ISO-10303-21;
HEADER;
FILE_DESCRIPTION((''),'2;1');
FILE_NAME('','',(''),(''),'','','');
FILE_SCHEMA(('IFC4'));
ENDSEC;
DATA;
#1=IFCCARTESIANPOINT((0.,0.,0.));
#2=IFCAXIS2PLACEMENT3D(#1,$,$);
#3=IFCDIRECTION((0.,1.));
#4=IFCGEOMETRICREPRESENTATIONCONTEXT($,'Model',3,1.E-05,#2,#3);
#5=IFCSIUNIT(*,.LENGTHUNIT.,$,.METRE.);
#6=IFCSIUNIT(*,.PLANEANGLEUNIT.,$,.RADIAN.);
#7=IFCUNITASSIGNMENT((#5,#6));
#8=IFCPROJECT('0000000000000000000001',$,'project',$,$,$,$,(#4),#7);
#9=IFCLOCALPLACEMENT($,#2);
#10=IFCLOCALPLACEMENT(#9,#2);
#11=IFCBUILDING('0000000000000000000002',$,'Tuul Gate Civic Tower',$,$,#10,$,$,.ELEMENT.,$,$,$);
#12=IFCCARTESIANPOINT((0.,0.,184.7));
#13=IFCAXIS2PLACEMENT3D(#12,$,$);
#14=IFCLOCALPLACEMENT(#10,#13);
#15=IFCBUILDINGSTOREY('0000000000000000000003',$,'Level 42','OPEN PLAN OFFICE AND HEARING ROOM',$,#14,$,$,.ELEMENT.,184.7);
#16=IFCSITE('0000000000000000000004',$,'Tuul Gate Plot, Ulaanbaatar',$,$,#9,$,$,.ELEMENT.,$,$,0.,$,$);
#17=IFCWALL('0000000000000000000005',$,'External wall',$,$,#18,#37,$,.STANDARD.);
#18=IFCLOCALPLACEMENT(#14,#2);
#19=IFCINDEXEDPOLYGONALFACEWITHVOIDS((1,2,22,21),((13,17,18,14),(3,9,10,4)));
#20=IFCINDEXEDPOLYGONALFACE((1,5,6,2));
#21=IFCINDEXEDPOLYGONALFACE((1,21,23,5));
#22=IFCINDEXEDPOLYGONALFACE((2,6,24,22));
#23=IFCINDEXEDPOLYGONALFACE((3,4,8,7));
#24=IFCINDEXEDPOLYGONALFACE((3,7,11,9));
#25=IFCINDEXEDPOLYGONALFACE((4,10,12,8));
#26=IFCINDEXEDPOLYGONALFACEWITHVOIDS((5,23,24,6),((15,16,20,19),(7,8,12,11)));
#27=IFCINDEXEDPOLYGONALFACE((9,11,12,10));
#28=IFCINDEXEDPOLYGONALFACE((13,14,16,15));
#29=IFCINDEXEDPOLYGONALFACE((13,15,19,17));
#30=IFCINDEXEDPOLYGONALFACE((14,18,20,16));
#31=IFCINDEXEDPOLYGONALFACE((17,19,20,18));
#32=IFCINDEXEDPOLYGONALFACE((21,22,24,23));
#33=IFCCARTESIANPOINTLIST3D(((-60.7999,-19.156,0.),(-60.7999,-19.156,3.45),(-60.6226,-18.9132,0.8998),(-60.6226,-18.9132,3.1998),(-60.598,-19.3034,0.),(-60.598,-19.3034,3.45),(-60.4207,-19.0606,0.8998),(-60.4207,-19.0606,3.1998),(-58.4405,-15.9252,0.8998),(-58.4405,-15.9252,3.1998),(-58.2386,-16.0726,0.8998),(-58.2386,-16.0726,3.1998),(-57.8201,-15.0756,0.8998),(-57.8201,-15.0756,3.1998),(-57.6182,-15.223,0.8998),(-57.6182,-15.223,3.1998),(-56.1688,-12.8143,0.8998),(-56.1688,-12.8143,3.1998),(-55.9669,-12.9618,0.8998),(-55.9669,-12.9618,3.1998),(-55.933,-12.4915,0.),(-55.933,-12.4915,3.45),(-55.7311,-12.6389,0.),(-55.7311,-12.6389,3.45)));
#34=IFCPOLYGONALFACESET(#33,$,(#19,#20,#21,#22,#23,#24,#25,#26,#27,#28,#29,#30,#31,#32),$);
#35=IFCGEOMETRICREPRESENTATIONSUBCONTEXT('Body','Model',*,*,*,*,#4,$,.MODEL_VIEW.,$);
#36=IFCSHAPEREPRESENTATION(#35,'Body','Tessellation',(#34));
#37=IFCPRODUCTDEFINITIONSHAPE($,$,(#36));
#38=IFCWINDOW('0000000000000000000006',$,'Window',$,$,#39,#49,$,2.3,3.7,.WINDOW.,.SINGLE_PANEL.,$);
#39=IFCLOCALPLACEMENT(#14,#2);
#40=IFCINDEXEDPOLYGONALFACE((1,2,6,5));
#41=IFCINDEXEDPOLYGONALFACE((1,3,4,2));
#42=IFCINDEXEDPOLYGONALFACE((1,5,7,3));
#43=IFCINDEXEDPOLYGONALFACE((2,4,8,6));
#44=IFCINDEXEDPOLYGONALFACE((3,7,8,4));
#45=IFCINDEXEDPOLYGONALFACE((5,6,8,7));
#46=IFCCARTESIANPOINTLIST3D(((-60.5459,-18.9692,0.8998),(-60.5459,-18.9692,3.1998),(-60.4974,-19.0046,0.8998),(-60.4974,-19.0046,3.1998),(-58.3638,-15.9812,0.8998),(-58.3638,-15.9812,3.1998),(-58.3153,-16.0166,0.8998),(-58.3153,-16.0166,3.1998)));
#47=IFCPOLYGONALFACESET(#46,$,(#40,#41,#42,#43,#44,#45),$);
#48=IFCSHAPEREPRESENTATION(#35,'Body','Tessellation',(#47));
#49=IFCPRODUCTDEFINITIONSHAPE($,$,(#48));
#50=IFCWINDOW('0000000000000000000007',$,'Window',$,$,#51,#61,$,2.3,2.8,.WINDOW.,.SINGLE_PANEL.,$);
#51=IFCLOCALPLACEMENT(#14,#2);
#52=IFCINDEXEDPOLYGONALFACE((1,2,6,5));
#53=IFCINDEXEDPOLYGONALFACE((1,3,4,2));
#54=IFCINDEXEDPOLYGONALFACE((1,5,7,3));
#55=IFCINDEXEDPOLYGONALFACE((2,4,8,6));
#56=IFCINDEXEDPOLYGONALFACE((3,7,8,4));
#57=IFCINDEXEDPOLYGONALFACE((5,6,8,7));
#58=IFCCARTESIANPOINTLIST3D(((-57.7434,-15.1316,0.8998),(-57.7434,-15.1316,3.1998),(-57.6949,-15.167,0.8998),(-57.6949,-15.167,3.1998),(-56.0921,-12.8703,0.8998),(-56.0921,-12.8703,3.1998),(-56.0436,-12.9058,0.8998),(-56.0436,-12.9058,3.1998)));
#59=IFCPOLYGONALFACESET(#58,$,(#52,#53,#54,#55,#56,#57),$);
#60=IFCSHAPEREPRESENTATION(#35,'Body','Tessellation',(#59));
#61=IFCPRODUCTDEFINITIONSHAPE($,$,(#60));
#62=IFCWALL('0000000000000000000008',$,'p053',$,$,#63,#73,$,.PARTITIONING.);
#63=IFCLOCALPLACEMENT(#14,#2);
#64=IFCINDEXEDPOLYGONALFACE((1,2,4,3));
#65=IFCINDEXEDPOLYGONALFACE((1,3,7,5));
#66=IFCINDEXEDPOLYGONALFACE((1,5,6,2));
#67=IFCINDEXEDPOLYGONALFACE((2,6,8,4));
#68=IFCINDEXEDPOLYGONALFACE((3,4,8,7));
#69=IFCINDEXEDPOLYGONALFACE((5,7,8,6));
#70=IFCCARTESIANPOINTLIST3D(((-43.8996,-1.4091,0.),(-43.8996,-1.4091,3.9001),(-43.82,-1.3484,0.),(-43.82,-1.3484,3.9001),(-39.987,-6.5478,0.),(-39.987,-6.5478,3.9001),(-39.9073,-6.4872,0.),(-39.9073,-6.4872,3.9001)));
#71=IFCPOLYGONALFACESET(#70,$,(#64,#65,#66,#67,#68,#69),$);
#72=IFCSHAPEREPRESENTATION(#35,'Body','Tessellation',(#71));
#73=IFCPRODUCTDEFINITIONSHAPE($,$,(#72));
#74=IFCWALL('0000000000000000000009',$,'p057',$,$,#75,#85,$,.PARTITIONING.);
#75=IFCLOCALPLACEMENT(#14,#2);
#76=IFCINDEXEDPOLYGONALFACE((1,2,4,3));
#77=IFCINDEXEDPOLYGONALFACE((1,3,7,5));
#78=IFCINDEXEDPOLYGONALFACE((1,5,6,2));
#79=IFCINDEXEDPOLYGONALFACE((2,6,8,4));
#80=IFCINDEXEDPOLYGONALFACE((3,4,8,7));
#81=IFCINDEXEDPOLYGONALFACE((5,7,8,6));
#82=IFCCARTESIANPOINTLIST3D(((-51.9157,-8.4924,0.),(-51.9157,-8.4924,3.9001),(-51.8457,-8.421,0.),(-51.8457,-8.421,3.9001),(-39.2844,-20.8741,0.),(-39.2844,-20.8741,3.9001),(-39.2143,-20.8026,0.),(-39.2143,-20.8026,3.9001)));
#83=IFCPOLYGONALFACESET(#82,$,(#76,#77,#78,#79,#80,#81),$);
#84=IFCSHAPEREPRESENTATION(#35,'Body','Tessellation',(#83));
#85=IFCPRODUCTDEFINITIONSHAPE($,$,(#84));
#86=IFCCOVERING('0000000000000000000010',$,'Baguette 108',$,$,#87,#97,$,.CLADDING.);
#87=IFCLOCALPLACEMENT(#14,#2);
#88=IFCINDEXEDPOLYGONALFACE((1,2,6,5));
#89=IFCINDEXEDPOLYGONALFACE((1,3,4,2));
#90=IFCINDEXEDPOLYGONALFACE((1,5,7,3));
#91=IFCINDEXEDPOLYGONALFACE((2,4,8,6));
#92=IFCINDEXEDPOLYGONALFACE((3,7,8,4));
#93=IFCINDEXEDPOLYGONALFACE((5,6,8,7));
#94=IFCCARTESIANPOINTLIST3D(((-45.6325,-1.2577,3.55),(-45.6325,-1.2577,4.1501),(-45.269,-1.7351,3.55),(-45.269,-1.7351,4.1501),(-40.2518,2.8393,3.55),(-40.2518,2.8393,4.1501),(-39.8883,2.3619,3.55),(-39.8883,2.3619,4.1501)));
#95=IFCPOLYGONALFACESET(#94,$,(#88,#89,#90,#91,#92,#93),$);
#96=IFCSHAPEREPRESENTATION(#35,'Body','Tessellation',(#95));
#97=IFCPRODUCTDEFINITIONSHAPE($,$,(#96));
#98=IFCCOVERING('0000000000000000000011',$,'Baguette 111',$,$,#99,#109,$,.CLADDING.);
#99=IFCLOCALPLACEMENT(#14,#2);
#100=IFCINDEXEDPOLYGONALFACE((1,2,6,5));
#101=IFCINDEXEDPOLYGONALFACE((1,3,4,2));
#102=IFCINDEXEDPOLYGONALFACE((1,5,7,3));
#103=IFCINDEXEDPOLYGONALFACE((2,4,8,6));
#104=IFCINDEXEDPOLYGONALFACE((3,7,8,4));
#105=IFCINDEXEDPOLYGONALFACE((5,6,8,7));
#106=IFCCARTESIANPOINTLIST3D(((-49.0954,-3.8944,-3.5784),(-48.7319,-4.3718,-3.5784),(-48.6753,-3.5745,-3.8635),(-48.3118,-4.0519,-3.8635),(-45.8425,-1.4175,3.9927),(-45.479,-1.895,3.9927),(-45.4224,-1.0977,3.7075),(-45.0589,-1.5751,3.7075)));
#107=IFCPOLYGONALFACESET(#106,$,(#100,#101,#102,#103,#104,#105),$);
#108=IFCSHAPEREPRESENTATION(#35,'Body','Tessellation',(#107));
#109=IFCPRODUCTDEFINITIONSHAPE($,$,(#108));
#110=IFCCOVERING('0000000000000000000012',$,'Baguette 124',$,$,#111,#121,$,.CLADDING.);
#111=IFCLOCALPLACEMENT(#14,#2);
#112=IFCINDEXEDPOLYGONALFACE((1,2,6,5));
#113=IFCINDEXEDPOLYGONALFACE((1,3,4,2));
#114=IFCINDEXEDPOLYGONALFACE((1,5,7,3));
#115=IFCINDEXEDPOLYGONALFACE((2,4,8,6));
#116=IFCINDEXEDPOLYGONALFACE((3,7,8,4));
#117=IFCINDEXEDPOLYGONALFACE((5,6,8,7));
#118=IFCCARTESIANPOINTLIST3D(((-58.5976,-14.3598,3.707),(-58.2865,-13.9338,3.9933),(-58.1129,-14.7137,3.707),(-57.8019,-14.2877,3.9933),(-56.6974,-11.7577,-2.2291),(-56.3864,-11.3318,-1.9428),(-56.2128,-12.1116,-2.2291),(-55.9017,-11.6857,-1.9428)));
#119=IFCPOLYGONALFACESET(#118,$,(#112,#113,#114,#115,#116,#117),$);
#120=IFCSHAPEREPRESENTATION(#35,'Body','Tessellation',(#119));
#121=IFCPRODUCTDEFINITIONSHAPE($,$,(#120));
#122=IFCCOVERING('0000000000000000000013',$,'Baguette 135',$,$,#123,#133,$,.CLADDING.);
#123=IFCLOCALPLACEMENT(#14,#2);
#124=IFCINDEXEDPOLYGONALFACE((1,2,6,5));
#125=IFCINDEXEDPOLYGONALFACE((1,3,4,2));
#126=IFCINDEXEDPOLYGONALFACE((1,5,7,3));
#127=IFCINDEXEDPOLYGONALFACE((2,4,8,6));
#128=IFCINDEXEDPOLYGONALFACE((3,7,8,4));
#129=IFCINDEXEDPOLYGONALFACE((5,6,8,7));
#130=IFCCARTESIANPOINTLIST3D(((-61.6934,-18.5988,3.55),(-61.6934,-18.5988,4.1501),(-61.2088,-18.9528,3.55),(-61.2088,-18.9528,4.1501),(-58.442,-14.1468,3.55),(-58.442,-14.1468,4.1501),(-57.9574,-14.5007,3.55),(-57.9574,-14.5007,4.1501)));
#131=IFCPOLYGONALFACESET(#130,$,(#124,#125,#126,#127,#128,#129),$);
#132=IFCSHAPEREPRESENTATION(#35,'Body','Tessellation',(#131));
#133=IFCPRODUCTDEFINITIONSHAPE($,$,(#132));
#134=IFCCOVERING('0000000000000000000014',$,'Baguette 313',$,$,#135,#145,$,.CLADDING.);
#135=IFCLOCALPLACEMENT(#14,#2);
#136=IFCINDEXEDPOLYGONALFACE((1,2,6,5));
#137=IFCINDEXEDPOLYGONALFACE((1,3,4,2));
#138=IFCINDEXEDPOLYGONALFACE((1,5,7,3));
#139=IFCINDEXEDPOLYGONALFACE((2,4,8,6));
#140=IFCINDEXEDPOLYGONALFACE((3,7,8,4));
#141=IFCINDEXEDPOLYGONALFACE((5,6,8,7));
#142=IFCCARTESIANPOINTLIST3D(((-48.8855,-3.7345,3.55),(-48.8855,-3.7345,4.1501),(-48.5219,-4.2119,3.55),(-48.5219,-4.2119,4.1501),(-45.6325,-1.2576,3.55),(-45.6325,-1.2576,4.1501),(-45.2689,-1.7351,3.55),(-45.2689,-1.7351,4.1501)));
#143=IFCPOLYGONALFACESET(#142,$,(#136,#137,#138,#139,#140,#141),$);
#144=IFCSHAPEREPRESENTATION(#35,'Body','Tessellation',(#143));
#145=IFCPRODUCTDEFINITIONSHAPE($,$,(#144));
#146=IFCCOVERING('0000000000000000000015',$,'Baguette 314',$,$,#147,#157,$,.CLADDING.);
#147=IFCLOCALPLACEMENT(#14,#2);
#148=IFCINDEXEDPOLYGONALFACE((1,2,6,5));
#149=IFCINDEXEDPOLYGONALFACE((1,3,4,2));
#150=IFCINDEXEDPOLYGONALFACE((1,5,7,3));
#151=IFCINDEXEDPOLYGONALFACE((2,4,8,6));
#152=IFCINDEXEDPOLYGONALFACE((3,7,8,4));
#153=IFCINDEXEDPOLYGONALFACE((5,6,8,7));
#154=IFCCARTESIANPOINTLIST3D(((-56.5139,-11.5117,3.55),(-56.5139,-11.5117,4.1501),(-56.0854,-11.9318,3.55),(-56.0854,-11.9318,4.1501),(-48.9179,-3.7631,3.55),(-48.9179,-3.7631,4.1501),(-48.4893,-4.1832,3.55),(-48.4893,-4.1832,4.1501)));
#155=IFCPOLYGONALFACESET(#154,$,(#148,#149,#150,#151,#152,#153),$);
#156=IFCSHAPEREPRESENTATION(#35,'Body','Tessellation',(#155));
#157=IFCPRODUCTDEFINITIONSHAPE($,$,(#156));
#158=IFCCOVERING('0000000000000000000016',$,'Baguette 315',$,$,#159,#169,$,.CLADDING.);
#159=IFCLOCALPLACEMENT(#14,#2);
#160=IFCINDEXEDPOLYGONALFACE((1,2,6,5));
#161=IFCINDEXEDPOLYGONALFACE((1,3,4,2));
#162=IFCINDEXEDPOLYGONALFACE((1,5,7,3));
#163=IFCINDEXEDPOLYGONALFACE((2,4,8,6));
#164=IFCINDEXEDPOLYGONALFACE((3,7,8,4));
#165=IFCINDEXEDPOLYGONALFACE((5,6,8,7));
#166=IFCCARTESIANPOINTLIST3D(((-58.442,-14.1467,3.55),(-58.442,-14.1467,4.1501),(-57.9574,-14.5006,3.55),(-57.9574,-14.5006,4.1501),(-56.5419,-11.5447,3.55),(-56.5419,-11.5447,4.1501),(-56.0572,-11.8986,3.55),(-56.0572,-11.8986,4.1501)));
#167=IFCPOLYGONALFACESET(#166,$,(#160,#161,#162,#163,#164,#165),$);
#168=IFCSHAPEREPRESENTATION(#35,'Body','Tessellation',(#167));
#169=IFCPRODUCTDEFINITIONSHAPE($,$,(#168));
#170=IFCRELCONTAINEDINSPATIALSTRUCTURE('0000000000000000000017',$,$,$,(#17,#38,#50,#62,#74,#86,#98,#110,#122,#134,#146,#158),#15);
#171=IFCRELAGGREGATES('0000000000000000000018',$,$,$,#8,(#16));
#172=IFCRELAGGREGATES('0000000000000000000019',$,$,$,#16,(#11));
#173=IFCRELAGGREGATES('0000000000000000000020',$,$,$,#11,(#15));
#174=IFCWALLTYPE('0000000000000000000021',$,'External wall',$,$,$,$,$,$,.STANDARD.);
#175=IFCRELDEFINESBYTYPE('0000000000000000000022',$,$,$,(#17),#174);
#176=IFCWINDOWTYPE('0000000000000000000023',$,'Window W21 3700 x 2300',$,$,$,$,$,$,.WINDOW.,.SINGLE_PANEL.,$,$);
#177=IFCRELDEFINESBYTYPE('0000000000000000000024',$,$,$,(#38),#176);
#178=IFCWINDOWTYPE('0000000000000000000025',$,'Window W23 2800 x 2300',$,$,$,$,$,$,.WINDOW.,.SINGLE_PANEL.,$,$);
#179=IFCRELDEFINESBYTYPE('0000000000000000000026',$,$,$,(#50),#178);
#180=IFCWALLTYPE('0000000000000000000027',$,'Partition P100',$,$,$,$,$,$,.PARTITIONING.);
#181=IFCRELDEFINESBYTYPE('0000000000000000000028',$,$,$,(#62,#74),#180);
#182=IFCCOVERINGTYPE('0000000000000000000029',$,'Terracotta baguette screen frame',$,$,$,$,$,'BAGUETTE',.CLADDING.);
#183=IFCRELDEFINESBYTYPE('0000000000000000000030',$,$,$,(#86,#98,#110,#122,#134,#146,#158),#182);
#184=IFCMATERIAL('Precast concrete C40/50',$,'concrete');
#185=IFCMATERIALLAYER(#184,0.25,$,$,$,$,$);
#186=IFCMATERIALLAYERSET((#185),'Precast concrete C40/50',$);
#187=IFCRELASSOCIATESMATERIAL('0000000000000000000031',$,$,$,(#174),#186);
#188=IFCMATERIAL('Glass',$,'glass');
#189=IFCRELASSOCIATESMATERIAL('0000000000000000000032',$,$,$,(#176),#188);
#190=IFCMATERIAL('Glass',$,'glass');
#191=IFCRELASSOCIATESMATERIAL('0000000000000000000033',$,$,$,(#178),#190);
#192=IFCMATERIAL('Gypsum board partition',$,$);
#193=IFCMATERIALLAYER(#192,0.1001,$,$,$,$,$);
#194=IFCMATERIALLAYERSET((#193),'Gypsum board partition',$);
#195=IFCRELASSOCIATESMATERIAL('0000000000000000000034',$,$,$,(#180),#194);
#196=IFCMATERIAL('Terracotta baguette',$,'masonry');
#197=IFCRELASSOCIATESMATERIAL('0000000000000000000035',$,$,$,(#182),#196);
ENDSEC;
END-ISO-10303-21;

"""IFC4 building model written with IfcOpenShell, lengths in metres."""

from ifc_helpers import new_model, si_unit, direction, frame, frame_2d, origin, origin_2d, place, context, subcontext, project, spatial, rectangle, extrude, material, layer, layer_set, material_profile, profile_set, type_object, element, fill, save


model = new_model("IFC4")

# Units and contexts
model_context = context("Model", 3, precision=1e-05, world=origin(), true_north=direction((0.0, 1.0)))
body_context = subcontext(model_context, "Body", "Model", "MODEL_VIEW")
ifc_project = project(units=[si_unit("LENGTHUNIT", "METRE"), si_unit("PLANEANGLEUNIT", "RADIAN")], contexts=[model_context])

# Site, building, storey
site_placement = place(None, origin())
site = spatial("IfcSite", under=ifc_project, at=site_placement, Name="Tuul Gate Plot, Ulaanbaatar", CompositionType="ELEMENT", RefElevation=0.0)
building_placement = place(site_placement, origin())
building = spatial("IfcBuilding", under=site, at=building_placement, Name="Tuul Gate Civic Tower", CompositionType="ELEMENT")
storey_placement = place(building_placement, frame((0.0, 0.0, 184.7)))
storey = spatial("IfcBuildingStorey", under=building, at=storey_placement, Name="Level 42", Description="OPEN PLAN OFFICE AND HEARING ROOM", CompositionType="ELEMENT", Elevation=184.7)

# Wall, openings, windows
ifc_material_1 = material(Name="Precast concrete C40/50", Category="concrete")
ifc_layer_1 = layer(ifc_material_1, 0.25)
ifc_layer_set_1 = layer_set([ifc_layer_1], Name="Precast concrete C40/50")
wall_type_1 = type_object("IfcWallType", Name="External wall", PredefinedType="STANDARD", material=ifc_layer_set_1)
wall_1_placement = place(storey_placement, frame((-55.832, -12.5652, 0.0), z_axis=(0.0, 0.0, 1.0), x_axis=(-0.589755, -0.807582, 0.0)))
wall_1 = element("IfcWall", 1, at=wall_1_placement, inside=storey, type_object=wall_type_1, Name="External wall", PredefinedType="STANDARD", context=body_context, shape_type="SweptSolid", body=[
    extrude(rectangle(XDim=8.2524, YDim=0.25, at=frame_2d((4.1262, 0.0))), origin(), (0.0, 0.0, 1.0), 3.45),
])
opening_1_placement = place(wall_1_placement, frame((0.3999, 0.0, 0.8999)))
opening_1 = element("IfcOpeningElement", 2, at=opening_1_placement, cuts=wall_1, PredefinedType="OPENING", context=body_context, shape_type="SweptSolid", body=[
    extrude(rectangle(XDim=2.8, YDim=2.3, at=frame_2d((1.3999, 1.1499))), frame((0.0, 0.135, 0.0), z_axis=(0.0, -1.0, 0.0), x_axis=(1.0, 0.0, 0.0)), (0.0, 0.0, 1.0), 0.27),
])
opening_2_placement = place(wall_1_placement, frame((4.2517, 0.0, 0.8999)))
opening_2 = element("IfcOpeningElement", 3, at=opening_2_placement, cuts=wall_1, PredefinedType="OPENING", context=body_context, shape_type="SweptSolid", body=[
    extrude(rectangle(XDim=3.7, YDim=2.3, at=frame_2d((1.8501, 1.1499))), frame((0.0, 0.135, 0.0), z_axis=(0.0, -1.0, 0.0), x_axis=(1.0, 0.0, 0.0)), (0.0, 0.0, 1.0), 0.27),
])
ifc_material_2 = material(Name="Glass", Category="glass")
window_type_1 = type_object("IfcWindowType", Name="Window W21 3700 x 2300", PartitioningType="SINGLE_PANEL", PredefinedType="WINDOW", material=ifc_material_2)
window_1_placement = place(opening_2_placement, origin())
window_1 = element("IfcWindow", 4, at=window_1_placement, inside=storey, type_object=window_type_1, Name="Window", OverallHeight=2.3, OverallWidth=3.7, PartitioningType="SINGLE_PANEL", PredefinedType="WINDOW", context=body_context, shape_type="SweptSolid", body=[
    extrude(rectangle(XDim=3.7, YDim=2.3, at=frame_2d((1.8501, 1.1499))), frame((0.0, 0.03, 0.0), z_axis=(0.0, -1.0, 0.0), x_axis=(1.0, 0.0, 0.0)), (0.0, 0.0, 1.0), 0.0601),
])
fill(opening_2, window_1)
ifc_material_3 = material(Name="Glass", Category="glass")
window_type_2 = type_object("IfcWindowType", Name="Window W23 2800 x 2300", PartitioningType="SINGLE_PANEL", PredefinedType="WINDOW", material=ifc_material_3)
window_2_placement = place(opening_1_placement, origin())
window_2 = element("IfcWindow", 5, at=window_2_placement, inside=storey, type_object=window_type_2, Name="Window", OverallHeight=2.3, OverallWidth=2.8, PartitioningType="SINGLE_PANEL", PredefinedType="WINDOW", context=body_context, shape_type="SweptSolid", body=[
    extrude(rectangle(XDim=2.8, YDim=2.3, at=frame_2d((1.3999, 1.1499))), frame((0.0, 0.03, 0.0), z_axis=(0.0, -1.0, 0.0), x_axis=(1.0, 0.0, 0.0)), (0.0, 0.0, 1.0), 0.0601),
])
fill(opening_1, window_2)

# Walls
ifc_material_4 = material(Name="Gypsum board partition")
ifc_layer_2 = layer(ifc_material_4, 0.1001)
ifc_layer_set_2 = layer_set([ifc_layer_2], Name="Gypsum board partition")
wall_type_2 = type_object("IfcWallType", Name="Partition P100", PredefinedType="PARTITIONING", material=ifc_layer_set_2)
wall_2_placement = place(storey_placement, frame((-43.8599, -1.3787, 0.0), z_axis=(0.0, 0.0, 1.0), x_axis=(0.60579, -0.795624, 0.0)))
element("IfcWall", 6, at=wall_2_placement, inside=storey, type_object=wall_type_2, Name="p053", PredefinedType="PARTITIONING", context=body_context, shape_type="SweptSolid", body=[
    extrude(rectangle(XDim=6.4587, YDim=0.1001, at=frame_2d((3.2295, 0.0))), origin(), (0.0, 0.0, 1.0), 3.9001),
])
wall_3_placement = place(storey_placement, frame((-51.8806, -8.4568, 0.0), z_axis=(0.0, 0.0, 1.0), x_axis=(0.714132, -0.700011, 0.0)))
element("IfcWall", 7, at=wall_3_placement, inside=storey, type_object=wall_type_2, Name="p057", PredefinedType="PARTITIONING", context=body_context, shape_type="SweptSolid", body=[
    extrude(rectangle(XDim=17.6877, YDim=0.1001, at=frame_2d((8.8438, 0.0))), origin(), (0.0, 0.0, 1.0), 3.9001),
])

# Coverings
ifc_material_5 = material(Name="Terracotta baguette", Category="masonry")
ifc_material_profile_1 = material_profile(ifc_material_5, rectangle(XDim=0.6001, YDim=0.6001, at=origin_2d()), Name="Terracotta baguette screen frame")
ifc_profile_set_1 = profile_set([ifc_material_profile_1], Name="Terracotta baguette")
covering_type = type_object("IfcCoveringType", Name="Terracotta baguette screen frame", ElementType="BAGUETTE", PredefinedType="CLADDING", material=ifc_profile_set_1)
covering_1_placement = place(storey_placement, frame((-40.0701, 2.6006, 3.8501), z_axis=(-0.795616, -0.605801, 0.0), x_axis=(0.605801, -0.795616, 0.0)))
element("IfcCovering", 8, at=covering_1_placement, inside=storey, type_object=covering_type, Name="Baguette 108", PredefinedType="CLADDING", context=body_context, shape_type="SweptSolid", body=[
    extrude(rectangle(XDim=0.6001, YDim=0.6001, at=origin_2d()), origin(), (0.0, 0.0, 1.0), 6.7629),
])
covering_2_placement = place(storey_placement, frame((-45.4507, -1.4963, 3.8501), z_axis=(-0.378051, -0.287851, -0.879897), x_axis=(0.605793, -0.795622, 0.0)))
element("IfcCovering", 9, at=covering_2_placement, inside=storey, type_object=covering_type, Name="Baguette 111", PredefinedType="CLADDING", context=body_context, shape_type="SweptSolid", body=[
    extrude(rectangle(XDim=0.6001, YDim=0.6001, at=origin_2d()), origin(), (0.0, 0.0, 1.0), 8.6045),
])
covering_3_placement = place(storey_placement, frame((-56.2996, -11.7217, -2.0859), z_axis=(-0.281333, -0.385256, 0.87888), x_axis=(0.807591, -0.589743, 0.0)))
element("IfcCovering", 10, at=covering_3_placement, inside=storey, type_object=covering_type, Name="Baguette 124", PredefinedType="CLADDING", context=body_context, shape_type="SweptSolid", body=[
    extrude(rectangle(XDim=0.6001, YDim=0.6001, at=origin_2d()), origin(), (0.0, 0.0, 1.0), 6.7542),
])
covering_4_placement = place(storey_placement, frame((-58.1997, -14.3237, 3.8501), z_axis=(-0.589777, -0.807566, 0.0), x_axis=(0.807566, -0.589777, 0.0)))
element("IfcCovering", 11, at=covering_4_placement, inside=storey, type_object=covering_type, Name="Baguette 135", PredefinedType="CLADDING", context=body_context, shape_type="SweptSolid", body=[
    extrude(rectangle(XDim=0.6001, YDim=0.6001, at=origin_2d()), origin(), (0.0, 0.0, 1.0), 5.5129),
])
covering_5_placement = place(storey_placement, frame((-45.4507, -1.4963, 3.8501), z_axis=(-0.795622, -0.605793, 0.0), x_axis=(0.605793, -0.795622, 0.0)))
element("IfcCovering", 12, at=covering_5_placement, inside=storey, type_object=covering_type, Name="Baguette 313", PredefinedType="CLADDING", context=body_context, shape_type="SweptSolid", body=[
    extrude(rectangle(XDim=0.6001, YDim=0.6001, at=origin_2d()), origin(), (0.0, 0.0, 1.0), 4.0886),
])
covering_6_placement = place(storey_placement, frame((-48.7036, -3.9731, 3.8501), z_axis=(-0.700041, -0.714103, 0.0), x_axis=(0.714103, -0.700041, 0.0)))
element("IfcCovering", 13, at=covering_6_placement, inside=storey, type_object=covering_type, Name="Baguette 314", PredefinedType="CLADDING", context=body_context, shape_type="SweptSolid", body=[
    extrude(rectangle(XDim=0.6001, YDim=0.6001, at=origin_2d()), origin(), (0.0, 0.0, 1.0), 10.8508),
])
covering_7_placement = place(storey_placement, frame((-56.2996, -11.7217, 3.8501), z_axis=(-0.589743, -0.807591, 0.0), x_axis=(0.807591, -0.589743, 0.0)))
element("IfcCovering", 14, at=covering_7_placement, inside=storey, type_object=covering_type, Name="Baguette 315", PredefinedType="CLADDING", context=body_context, shape_type="SweptSolid", body=[
    extrude(rectangle(XDim=0.6001, YDim=0.6001, at=origin_2d()), origin(), (0.0, 0.0, 1.0), 3.2219),
])

save(model, "model.ifc")
